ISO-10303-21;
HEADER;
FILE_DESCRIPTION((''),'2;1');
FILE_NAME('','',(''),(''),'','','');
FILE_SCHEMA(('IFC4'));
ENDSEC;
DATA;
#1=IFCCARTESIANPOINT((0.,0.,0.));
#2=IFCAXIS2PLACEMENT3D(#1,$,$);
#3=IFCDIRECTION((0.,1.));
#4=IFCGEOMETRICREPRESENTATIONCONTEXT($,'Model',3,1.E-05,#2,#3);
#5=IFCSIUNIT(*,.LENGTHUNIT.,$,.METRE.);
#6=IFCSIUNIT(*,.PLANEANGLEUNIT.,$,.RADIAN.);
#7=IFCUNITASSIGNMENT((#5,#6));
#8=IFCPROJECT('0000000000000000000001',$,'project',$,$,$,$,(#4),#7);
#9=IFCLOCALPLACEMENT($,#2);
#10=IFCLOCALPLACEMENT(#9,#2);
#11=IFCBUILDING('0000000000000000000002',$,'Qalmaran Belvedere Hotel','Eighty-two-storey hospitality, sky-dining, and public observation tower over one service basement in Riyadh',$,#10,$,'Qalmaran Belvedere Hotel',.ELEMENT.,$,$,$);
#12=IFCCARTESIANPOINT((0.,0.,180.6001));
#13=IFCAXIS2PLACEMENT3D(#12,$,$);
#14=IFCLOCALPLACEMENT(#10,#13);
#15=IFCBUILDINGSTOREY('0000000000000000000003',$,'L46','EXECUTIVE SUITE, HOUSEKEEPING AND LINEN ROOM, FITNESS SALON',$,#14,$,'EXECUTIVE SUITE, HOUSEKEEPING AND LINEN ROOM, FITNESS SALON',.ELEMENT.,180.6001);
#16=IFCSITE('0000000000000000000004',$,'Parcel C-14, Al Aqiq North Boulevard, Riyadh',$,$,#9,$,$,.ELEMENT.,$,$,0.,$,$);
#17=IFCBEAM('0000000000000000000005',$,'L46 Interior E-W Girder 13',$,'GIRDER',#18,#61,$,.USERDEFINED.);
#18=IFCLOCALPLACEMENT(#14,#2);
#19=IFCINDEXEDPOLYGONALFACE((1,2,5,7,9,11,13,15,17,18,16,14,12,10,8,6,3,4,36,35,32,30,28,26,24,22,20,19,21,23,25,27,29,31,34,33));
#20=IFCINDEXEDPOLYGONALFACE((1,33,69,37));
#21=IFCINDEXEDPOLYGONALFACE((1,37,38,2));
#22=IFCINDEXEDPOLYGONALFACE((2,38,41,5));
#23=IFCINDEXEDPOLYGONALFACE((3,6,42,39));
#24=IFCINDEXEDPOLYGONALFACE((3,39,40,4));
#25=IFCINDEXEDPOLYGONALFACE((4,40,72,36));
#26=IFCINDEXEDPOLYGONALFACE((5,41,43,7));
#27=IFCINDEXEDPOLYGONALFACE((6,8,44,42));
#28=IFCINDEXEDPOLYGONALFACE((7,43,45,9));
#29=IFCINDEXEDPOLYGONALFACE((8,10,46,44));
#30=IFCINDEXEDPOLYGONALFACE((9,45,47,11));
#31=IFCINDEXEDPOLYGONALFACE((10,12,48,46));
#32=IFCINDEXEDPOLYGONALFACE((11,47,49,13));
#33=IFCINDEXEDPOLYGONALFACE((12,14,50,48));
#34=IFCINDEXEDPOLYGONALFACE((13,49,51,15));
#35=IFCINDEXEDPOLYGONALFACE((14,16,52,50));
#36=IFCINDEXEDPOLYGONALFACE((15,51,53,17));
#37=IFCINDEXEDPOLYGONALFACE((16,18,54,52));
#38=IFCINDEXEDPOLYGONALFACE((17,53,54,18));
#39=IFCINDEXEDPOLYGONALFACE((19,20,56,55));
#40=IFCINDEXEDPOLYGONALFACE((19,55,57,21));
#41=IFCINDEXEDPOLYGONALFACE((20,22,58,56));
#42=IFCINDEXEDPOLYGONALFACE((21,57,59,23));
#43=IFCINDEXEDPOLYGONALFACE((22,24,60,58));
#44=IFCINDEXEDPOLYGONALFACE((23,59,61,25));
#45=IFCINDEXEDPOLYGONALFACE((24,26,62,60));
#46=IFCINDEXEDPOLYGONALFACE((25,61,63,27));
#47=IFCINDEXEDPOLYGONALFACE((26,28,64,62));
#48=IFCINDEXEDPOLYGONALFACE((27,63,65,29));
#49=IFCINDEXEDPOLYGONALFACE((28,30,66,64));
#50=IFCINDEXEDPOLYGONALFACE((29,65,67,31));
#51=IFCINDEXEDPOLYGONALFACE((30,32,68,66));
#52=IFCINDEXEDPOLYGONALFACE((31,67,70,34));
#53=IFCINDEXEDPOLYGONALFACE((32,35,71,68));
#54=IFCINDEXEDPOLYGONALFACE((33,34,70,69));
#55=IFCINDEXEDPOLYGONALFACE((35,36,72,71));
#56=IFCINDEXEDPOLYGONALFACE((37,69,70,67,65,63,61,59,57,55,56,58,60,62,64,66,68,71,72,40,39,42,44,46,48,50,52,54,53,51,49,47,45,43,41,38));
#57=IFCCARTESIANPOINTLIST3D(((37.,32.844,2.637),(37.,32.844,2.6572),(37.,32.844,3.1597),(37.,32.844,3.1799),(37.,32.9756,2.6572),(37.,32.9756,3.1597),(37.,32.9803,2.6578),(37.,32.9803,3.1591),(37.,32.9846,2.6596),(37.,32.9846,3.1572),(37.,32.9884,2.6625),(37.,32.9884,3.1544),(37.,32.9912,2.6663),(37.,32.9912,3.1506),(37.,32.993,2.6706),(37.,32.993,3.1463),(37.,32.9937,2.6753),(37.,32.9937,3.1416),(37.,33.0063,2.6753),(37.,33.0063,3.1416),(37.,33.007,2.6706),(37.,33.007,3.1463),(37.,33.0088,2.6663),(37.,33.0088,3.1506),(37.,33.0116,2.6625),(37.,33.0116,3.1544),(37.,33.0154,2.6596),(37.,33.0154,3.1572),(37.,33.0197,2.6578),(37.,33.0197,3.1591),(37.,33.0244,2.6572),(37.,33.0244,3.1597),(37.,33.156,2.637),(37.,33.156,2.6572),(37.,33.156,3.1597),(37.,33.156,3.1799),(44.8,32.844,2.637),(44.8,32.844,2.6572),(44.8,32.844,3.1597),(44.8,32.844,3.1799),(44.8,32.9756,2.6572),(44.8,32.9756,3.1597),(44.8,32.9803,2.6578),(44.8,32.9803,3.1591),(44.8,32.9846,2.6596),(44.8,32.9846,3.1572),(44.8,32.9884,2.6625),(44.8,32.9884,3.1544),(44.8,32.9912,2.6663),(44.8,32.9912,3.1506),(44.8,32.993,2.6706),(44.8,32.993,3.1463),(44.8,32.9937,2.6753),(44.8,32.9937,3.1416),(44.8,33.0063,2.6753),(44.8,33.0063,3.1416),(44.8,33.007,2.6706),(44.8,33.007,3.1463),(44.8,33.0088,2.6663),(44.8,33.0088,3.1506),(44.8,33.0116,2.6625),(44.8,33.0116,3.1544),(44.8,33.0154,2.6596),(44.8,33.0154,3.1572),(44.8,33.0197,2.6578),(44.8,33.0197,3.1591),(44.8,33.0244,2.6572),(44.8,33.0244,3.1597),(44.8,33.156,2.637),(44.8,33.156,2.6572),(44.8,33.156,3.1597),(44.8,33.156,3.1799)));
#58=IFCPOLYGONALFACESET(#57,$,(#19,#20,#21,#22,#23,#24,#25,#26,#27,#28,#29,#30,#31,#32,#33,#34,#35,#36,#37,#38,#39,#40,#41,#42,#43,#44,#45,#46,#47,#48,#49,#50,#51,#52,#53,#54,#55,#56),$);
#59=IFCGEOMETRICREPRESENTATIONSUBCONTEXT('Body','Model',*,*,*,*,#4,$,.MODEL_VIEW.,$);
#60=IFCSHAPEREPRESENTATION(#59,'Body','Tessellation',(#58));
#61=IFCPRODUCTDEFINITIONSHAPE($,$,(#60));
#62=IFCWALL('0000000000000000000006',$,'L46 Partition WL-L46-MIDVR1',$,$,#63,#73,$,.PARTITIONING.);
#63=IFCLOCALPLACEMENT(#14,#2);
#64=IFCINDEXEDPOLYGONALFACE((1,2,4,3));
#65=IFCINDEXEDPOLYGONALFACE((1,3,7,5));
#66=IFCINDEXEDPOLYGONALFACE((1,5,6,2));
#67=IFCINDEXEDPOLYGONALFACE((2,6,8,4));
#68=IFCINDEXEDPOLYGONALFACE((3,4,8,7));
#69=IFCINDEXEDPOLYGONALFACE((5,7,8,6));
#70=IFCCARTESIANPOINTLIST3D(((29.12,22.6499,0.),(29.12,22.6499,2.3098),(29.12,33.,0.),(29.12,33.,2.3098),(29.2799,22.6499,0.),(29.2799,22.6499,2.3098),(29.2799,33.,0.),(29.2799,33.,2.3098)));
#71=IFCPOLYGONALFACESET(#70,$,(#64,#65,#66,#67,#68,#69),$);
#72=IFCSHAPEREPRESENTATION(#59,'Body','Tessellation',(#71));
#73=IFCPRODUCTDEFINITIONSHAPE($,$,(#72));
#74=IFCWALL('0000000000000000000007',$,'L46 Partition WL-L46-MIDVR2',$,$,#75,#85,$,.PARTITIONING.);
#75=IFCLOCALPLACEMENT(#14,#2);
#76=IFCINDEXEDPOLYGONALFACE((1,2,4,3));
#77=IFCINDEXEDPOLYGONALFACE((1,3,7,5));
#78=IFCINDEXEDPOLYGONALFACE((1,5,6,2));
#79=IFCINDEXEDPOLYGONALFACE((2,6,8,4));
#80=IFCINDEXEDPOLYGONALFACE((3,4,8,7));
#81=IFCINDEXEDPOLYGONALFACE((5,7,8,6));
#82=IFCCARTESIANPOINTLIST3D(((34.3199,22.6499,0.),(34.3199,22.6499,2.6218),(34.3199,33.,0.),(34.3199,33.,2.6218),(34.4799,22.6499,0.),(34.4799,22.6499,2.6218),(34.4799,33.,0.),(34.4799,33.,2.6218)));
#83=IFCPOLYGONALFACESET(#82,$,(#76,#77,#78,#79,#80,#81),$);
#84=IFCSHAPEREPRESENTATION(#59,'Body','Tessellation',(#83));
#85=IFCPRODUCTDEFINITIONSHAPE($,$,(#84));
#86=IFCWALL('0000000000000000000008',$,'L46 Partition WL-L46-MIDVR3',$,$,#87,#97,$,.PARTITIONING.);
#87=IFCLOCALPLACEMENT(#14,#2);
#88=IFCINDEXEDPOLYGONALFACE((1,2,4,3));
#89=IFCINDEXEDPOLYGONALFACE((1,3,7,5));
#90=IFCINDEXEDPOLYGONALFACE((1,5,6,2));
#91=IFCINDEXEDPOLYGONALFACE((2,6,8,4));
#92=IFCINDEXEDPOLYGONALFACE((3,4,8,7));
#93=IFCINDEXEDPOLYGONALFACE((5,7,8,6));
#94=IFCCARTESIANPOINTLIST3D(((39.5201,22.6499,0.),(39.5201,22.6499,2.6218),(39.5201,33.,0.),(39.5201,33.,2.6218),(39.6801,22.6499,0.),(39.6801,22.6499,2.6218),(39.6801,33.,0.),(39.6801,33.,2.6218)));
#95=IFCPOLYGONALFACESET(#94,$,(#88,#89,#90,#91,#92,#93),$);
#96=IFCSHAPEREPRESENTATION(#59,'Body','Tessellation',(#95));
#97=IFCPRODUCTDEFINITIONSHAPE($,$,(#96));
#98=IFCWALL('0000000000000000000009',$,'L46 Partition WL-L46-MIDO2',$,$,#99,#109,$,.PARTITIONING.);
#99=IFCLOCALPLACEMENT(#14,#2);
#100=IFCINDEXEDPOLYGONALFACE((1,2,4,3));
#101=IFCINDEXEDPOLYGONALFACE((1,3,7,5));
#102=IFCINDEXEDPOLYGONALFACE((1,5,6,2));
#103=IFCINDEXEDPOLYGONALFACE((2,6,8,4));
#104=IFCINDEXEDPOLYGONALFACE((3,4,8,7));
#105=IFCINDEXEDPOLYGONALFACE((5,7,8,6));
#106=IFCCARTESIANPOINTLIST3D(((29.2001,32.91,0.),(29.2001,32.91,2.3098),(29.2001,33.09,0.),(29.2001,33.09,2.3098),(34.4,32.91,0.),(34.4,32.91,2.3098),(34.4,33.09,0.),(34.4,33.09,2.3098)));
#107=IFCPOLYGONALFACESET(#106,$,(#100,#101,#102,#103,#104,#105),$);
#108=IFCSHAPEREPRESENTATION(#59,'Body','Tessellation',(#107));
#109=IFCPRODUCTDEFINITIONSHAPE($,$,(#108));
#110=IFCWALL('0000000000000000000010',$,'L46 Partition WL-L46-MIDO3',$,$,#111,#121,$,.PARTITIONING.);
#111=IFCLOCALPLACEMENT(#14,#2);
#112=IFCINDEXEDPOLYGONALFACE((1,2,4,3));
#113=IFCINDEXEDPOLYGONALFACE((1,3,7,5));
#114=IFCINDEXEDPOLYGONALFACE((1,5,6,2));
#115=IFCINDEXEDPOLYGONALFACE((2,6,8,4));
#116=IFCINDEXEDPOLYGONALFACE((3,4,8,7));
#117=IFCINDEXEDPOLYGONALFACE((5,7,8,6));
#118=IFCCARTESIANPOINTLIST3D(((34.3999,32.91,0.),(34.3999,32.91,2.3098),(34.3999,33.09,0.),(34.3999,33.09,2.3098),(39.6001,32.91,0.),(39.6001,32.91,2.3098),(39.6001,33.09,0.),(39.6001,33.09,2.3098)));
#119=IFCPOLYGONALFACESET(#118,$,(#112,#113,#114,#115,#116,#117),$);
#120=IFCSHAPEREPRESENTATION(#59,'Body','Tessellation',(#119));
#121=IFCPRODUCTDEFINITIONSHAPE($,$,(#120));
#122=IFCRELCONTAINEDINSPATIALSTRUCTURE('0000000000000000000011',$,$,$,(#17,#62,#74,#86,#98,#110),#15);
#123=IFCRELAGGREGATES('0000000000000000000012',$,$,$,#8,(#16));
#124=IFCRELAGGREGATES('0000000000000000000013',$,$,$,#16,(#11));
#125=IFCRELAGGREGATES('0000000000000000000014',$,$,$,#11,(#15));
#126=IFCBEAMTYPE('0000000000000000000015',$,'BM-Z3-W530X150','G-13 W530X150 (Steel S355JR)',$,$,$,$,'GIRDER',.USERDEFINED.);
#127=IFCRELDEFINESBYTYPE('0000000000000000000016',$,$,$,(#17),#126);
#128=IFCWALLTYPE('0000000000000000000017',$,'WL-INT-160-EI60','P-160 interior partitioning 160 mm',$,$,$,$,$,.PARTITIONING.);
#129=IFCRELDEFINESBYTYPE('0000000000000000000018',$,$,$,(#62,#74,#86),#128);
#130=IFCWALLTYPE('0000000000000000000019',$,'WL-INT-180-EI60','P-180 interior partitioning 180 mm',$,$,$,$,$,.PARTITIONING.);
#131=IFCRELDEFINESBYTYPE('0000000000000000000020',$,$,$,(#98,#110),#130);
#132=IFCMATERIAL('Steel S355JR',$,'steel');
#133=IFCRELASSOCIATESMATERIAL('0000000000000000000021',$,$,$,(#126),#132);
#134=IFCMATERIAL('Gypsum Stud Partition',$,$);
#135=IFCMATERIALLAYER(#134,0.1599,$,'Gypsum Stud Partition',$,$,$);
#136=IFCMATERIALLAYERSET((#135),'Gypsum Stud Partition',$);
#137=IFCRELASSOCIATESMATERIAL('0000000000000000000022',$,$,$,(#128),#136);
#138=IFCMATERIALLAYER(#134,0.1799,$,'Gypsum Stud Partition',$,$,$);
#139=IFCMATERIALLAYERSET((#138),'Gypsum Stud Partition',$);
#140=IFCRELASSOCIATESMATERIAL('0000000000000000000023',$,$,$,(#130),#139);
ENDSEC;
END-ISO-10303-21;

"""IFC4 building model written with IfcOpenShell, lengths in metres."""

from ifc_helpers import new_model, si_unit, direction, frame, frame_2d, origin, origin_2d, place, context, subcontext, project, spatial, rectangle, i_section, extrude, material, layer, layer_set, material_profile, profile_set, type_object, element, save


model = new_model("IFC4")

# Units and contexts
model_context = context("Model", 3, precision=1e-05, world=origin(), true_north=direction((0.0, 1.0)))
body_context = subcontext(model_context, "Body", "Model", "MODEL_VIEW")
ifc_project = project(units=[si_unit("LENGTHUNIT", "METRE"), si_unit("PLANEANGLEUNIT", "RADIAN")], contexts=[model_context])

# Site, building, storey
site_placement = place(None, origin())
site = spatial("IfcSite", under=ifc_project, at=site_placement, Name="Parcel C-14, Al Aqiq North Boulevard, Riyadh", CompositionType="ELEMENT", RefElevation=0.0)
building_placement = place(site_placement, origin())
building = spatial("IfcBuilding", under=site, at=building_placement, Name="Qalmaran Belvedere Hotel", Description="Eighty-two-storey hospitality, sky-dining, and public observation tower over one service basement in Riyadh", LongName="Qalmaran Belvedere Hotel", CompositionType="ELEMENT")
storey_placement = place(building_placement, frame((0.0, 0.0, 180.6001)))
storey = spatial("IfcBuildingStorey", under=building, at=storey_placement, Name="L46", Description="EXECUTIVE SUITE, HOUSEKEEPING AND LINEN ROOM, FITNESS SALON", LongName="EXECUTIVE SUITE, HOUSEKEEPING AND LINEN ROOM, FITNESS SALON", CompositionType="ELEMENT", Elevation=180.6001)

# Beam
ifc_material_1 = material(Name="Steel S355JR", Category="steel")
ifc_material_profile_1 = material_profile(ifc_material_1, i_section(OverallWidth=0.312, OverallDepth=0.543, WebThickness=0.0127, FlangeThickness=0.0203, FilletRadius=0.0181, at=origin_2d()), Name="W530X150")
ifc_profile_set_1 = profile_set([ifc_material_profile_1], Name="Steel S355JR")
beam_type_1 = type_object("IfcBeamType", Name="BM-Z3-W530X150", Description="G-13 W530X150 (Steel S355JR)", ElementType="GIRDER", PredefinedType="USERDEFINED", material=ifc_profile_set_1)
for number, where, z_axis, x_axis, name in (
    (1, (37.0, 33.0, 2.9084), (1.0, 0.0, 0.0), (0.0, 1.0, 0.0), "L46 Interior E-W Girder 13"),
):
    element("IfcBeam", number, at=place(storey_placement, frame(where, z_axis=z_axis, x_axis=x_axis)), inside=storey, type_object=beam_type_1, Name=name, ObjectType="GIRDER", PredefinedType="USERDEFINED", context=body_context, shape_type="SweptSolid", body=[
        extrude(i_section(OverallWidth=0.312, OverallDepth=0.543, WebThickness=0.0127, FlangeThickness=0.0203, FilletRadius=0.0181, at=origin_2d()), origin(), (0.0, 0.0, 1.0), 7.8),
    ])

# Walls
ifc_material_2 = material(Name="Gypsum Stud Partition")
ifc_layer_1 = layer(ifc_material_2, 0.1599, Name="Gypsum Stud Partition")
ifc_layer_set_1 = layer_set([ifc_layer_1], Name="Gypsum Stud Partition")
wall_type_1 = type_object("IfcWallType", Name="WL-INT-160-EI60", Description="P-160 interior partitioning 160 mm", PredefinedType="PARTITIONING", material=ifc_layer_set_1)
wall_1_placement = place(storey_placement, frame((29.2, 22.6499, 0.0), z_axis=(0.0, 0.0, 1.0), x_axis=(0.0, 1.0, 0.0)))
element("IfcWall", 2, at=wall_1_placement, inside=storey, type_object=wall_type_1, Name="L46 Partition WL-L46-MIDVR1", PredefinedType="PARTITIONING", context=body_context, shape_type="SweptSolid", body=[
    extrude(rectangle(XDim=10.3501, YDim=0.1599, at=frame_2d((5.175, 0.0))), origin(), (0.0, 0.0, 1.0), 2.3098),
])
for number, where, z_axis, x_axis, name in (
    (3, (34.3999, 22.6499, 0.0), (0.0, 0.0, 1.0), (0.0, 1.0, 0.0), "L46 Partition WL-L46-MIDVR2"),
    (4, (39.6001, 22.6499, 0.0), (0.0, 0.0, 1.0), (0.0, 1.0, 0.0), "L46 Partition WL-L46-MIDVR3"),
):
    element("IfcWall", number, at=place(storey_placement, frame(where, z_axis=z_axis, x_axis=x_axis)), inside=storey, type_object=wall_type_1, Name=name, PredefinedType="PARTITIONING", context=body_context, shape_type="SweptSolid", body=[
        extrude(rectangle(XDim=10.3501, YDim=0.1599, at=frame_2d((5.175, 0.0))), origin(), (0.0, 0.0, 1.0), 2.6218),
    ])

# Shared definitions
ifc_layer_2 = layer(ifc_material_2, 0.1799, Name="Gypsum Stud Partition")
ifc_layer_set_2 = layer_set([ifc_layer_2], Name="Gypsum Stud Partition")
wall_type_2 = type_object("IfcWallType", Name="WL-INT-180-EI60", Description="P-180 interior partitioning 180 mm", PredefinedType="PARTITIONING", material=ifc_layer_set_2)

# Wall
wall_2_placement = place(storey_placement, frame((29.2, 33.0, 0.0), z_axis=(0.0, 0.0, 1.0), x_axis=(1.0, 0.0, 0.0)))
element("IfcWall", 5, at=wall_2_placement, inside=storey, type_object=wall_type_2, Name="L46 Partition WL-L46-MIDO2", PredefinedType="PARTITIONING", context=body_context, shape_type="SweptSolid", body=[
    extrude(rectangle(XDim=5.2, YDim=0.1799, at=frame_2d((2.6001, 0.0))), origin(), (0.0, 0.0, 1.0), 2.3098),
])

# Wall
wall_3_placement = place(storey_placement, frame((34.3999, 33.0, 0.0), z_axis=(0.0, 0.0, 1.0), x_axis=(1.0, 0.0, 0.0)))
element("IfcWall", 6, at=wall_3_placement, inside=storey, type_object=wall_type_2, Name="L46 Partition WL-L46-MIDO3", PredefinedType="PARTITIONING", context=body_context, shape_type="SweptSolid", body=[
    extrude(rectangle(XDim=5.2002, YDim=0.1799, at=frame_2d((2.6001, 0.0))), origin(), (0.0, 0.0, 1.0), 2.3098),
])

save(model, "model.ifc")
